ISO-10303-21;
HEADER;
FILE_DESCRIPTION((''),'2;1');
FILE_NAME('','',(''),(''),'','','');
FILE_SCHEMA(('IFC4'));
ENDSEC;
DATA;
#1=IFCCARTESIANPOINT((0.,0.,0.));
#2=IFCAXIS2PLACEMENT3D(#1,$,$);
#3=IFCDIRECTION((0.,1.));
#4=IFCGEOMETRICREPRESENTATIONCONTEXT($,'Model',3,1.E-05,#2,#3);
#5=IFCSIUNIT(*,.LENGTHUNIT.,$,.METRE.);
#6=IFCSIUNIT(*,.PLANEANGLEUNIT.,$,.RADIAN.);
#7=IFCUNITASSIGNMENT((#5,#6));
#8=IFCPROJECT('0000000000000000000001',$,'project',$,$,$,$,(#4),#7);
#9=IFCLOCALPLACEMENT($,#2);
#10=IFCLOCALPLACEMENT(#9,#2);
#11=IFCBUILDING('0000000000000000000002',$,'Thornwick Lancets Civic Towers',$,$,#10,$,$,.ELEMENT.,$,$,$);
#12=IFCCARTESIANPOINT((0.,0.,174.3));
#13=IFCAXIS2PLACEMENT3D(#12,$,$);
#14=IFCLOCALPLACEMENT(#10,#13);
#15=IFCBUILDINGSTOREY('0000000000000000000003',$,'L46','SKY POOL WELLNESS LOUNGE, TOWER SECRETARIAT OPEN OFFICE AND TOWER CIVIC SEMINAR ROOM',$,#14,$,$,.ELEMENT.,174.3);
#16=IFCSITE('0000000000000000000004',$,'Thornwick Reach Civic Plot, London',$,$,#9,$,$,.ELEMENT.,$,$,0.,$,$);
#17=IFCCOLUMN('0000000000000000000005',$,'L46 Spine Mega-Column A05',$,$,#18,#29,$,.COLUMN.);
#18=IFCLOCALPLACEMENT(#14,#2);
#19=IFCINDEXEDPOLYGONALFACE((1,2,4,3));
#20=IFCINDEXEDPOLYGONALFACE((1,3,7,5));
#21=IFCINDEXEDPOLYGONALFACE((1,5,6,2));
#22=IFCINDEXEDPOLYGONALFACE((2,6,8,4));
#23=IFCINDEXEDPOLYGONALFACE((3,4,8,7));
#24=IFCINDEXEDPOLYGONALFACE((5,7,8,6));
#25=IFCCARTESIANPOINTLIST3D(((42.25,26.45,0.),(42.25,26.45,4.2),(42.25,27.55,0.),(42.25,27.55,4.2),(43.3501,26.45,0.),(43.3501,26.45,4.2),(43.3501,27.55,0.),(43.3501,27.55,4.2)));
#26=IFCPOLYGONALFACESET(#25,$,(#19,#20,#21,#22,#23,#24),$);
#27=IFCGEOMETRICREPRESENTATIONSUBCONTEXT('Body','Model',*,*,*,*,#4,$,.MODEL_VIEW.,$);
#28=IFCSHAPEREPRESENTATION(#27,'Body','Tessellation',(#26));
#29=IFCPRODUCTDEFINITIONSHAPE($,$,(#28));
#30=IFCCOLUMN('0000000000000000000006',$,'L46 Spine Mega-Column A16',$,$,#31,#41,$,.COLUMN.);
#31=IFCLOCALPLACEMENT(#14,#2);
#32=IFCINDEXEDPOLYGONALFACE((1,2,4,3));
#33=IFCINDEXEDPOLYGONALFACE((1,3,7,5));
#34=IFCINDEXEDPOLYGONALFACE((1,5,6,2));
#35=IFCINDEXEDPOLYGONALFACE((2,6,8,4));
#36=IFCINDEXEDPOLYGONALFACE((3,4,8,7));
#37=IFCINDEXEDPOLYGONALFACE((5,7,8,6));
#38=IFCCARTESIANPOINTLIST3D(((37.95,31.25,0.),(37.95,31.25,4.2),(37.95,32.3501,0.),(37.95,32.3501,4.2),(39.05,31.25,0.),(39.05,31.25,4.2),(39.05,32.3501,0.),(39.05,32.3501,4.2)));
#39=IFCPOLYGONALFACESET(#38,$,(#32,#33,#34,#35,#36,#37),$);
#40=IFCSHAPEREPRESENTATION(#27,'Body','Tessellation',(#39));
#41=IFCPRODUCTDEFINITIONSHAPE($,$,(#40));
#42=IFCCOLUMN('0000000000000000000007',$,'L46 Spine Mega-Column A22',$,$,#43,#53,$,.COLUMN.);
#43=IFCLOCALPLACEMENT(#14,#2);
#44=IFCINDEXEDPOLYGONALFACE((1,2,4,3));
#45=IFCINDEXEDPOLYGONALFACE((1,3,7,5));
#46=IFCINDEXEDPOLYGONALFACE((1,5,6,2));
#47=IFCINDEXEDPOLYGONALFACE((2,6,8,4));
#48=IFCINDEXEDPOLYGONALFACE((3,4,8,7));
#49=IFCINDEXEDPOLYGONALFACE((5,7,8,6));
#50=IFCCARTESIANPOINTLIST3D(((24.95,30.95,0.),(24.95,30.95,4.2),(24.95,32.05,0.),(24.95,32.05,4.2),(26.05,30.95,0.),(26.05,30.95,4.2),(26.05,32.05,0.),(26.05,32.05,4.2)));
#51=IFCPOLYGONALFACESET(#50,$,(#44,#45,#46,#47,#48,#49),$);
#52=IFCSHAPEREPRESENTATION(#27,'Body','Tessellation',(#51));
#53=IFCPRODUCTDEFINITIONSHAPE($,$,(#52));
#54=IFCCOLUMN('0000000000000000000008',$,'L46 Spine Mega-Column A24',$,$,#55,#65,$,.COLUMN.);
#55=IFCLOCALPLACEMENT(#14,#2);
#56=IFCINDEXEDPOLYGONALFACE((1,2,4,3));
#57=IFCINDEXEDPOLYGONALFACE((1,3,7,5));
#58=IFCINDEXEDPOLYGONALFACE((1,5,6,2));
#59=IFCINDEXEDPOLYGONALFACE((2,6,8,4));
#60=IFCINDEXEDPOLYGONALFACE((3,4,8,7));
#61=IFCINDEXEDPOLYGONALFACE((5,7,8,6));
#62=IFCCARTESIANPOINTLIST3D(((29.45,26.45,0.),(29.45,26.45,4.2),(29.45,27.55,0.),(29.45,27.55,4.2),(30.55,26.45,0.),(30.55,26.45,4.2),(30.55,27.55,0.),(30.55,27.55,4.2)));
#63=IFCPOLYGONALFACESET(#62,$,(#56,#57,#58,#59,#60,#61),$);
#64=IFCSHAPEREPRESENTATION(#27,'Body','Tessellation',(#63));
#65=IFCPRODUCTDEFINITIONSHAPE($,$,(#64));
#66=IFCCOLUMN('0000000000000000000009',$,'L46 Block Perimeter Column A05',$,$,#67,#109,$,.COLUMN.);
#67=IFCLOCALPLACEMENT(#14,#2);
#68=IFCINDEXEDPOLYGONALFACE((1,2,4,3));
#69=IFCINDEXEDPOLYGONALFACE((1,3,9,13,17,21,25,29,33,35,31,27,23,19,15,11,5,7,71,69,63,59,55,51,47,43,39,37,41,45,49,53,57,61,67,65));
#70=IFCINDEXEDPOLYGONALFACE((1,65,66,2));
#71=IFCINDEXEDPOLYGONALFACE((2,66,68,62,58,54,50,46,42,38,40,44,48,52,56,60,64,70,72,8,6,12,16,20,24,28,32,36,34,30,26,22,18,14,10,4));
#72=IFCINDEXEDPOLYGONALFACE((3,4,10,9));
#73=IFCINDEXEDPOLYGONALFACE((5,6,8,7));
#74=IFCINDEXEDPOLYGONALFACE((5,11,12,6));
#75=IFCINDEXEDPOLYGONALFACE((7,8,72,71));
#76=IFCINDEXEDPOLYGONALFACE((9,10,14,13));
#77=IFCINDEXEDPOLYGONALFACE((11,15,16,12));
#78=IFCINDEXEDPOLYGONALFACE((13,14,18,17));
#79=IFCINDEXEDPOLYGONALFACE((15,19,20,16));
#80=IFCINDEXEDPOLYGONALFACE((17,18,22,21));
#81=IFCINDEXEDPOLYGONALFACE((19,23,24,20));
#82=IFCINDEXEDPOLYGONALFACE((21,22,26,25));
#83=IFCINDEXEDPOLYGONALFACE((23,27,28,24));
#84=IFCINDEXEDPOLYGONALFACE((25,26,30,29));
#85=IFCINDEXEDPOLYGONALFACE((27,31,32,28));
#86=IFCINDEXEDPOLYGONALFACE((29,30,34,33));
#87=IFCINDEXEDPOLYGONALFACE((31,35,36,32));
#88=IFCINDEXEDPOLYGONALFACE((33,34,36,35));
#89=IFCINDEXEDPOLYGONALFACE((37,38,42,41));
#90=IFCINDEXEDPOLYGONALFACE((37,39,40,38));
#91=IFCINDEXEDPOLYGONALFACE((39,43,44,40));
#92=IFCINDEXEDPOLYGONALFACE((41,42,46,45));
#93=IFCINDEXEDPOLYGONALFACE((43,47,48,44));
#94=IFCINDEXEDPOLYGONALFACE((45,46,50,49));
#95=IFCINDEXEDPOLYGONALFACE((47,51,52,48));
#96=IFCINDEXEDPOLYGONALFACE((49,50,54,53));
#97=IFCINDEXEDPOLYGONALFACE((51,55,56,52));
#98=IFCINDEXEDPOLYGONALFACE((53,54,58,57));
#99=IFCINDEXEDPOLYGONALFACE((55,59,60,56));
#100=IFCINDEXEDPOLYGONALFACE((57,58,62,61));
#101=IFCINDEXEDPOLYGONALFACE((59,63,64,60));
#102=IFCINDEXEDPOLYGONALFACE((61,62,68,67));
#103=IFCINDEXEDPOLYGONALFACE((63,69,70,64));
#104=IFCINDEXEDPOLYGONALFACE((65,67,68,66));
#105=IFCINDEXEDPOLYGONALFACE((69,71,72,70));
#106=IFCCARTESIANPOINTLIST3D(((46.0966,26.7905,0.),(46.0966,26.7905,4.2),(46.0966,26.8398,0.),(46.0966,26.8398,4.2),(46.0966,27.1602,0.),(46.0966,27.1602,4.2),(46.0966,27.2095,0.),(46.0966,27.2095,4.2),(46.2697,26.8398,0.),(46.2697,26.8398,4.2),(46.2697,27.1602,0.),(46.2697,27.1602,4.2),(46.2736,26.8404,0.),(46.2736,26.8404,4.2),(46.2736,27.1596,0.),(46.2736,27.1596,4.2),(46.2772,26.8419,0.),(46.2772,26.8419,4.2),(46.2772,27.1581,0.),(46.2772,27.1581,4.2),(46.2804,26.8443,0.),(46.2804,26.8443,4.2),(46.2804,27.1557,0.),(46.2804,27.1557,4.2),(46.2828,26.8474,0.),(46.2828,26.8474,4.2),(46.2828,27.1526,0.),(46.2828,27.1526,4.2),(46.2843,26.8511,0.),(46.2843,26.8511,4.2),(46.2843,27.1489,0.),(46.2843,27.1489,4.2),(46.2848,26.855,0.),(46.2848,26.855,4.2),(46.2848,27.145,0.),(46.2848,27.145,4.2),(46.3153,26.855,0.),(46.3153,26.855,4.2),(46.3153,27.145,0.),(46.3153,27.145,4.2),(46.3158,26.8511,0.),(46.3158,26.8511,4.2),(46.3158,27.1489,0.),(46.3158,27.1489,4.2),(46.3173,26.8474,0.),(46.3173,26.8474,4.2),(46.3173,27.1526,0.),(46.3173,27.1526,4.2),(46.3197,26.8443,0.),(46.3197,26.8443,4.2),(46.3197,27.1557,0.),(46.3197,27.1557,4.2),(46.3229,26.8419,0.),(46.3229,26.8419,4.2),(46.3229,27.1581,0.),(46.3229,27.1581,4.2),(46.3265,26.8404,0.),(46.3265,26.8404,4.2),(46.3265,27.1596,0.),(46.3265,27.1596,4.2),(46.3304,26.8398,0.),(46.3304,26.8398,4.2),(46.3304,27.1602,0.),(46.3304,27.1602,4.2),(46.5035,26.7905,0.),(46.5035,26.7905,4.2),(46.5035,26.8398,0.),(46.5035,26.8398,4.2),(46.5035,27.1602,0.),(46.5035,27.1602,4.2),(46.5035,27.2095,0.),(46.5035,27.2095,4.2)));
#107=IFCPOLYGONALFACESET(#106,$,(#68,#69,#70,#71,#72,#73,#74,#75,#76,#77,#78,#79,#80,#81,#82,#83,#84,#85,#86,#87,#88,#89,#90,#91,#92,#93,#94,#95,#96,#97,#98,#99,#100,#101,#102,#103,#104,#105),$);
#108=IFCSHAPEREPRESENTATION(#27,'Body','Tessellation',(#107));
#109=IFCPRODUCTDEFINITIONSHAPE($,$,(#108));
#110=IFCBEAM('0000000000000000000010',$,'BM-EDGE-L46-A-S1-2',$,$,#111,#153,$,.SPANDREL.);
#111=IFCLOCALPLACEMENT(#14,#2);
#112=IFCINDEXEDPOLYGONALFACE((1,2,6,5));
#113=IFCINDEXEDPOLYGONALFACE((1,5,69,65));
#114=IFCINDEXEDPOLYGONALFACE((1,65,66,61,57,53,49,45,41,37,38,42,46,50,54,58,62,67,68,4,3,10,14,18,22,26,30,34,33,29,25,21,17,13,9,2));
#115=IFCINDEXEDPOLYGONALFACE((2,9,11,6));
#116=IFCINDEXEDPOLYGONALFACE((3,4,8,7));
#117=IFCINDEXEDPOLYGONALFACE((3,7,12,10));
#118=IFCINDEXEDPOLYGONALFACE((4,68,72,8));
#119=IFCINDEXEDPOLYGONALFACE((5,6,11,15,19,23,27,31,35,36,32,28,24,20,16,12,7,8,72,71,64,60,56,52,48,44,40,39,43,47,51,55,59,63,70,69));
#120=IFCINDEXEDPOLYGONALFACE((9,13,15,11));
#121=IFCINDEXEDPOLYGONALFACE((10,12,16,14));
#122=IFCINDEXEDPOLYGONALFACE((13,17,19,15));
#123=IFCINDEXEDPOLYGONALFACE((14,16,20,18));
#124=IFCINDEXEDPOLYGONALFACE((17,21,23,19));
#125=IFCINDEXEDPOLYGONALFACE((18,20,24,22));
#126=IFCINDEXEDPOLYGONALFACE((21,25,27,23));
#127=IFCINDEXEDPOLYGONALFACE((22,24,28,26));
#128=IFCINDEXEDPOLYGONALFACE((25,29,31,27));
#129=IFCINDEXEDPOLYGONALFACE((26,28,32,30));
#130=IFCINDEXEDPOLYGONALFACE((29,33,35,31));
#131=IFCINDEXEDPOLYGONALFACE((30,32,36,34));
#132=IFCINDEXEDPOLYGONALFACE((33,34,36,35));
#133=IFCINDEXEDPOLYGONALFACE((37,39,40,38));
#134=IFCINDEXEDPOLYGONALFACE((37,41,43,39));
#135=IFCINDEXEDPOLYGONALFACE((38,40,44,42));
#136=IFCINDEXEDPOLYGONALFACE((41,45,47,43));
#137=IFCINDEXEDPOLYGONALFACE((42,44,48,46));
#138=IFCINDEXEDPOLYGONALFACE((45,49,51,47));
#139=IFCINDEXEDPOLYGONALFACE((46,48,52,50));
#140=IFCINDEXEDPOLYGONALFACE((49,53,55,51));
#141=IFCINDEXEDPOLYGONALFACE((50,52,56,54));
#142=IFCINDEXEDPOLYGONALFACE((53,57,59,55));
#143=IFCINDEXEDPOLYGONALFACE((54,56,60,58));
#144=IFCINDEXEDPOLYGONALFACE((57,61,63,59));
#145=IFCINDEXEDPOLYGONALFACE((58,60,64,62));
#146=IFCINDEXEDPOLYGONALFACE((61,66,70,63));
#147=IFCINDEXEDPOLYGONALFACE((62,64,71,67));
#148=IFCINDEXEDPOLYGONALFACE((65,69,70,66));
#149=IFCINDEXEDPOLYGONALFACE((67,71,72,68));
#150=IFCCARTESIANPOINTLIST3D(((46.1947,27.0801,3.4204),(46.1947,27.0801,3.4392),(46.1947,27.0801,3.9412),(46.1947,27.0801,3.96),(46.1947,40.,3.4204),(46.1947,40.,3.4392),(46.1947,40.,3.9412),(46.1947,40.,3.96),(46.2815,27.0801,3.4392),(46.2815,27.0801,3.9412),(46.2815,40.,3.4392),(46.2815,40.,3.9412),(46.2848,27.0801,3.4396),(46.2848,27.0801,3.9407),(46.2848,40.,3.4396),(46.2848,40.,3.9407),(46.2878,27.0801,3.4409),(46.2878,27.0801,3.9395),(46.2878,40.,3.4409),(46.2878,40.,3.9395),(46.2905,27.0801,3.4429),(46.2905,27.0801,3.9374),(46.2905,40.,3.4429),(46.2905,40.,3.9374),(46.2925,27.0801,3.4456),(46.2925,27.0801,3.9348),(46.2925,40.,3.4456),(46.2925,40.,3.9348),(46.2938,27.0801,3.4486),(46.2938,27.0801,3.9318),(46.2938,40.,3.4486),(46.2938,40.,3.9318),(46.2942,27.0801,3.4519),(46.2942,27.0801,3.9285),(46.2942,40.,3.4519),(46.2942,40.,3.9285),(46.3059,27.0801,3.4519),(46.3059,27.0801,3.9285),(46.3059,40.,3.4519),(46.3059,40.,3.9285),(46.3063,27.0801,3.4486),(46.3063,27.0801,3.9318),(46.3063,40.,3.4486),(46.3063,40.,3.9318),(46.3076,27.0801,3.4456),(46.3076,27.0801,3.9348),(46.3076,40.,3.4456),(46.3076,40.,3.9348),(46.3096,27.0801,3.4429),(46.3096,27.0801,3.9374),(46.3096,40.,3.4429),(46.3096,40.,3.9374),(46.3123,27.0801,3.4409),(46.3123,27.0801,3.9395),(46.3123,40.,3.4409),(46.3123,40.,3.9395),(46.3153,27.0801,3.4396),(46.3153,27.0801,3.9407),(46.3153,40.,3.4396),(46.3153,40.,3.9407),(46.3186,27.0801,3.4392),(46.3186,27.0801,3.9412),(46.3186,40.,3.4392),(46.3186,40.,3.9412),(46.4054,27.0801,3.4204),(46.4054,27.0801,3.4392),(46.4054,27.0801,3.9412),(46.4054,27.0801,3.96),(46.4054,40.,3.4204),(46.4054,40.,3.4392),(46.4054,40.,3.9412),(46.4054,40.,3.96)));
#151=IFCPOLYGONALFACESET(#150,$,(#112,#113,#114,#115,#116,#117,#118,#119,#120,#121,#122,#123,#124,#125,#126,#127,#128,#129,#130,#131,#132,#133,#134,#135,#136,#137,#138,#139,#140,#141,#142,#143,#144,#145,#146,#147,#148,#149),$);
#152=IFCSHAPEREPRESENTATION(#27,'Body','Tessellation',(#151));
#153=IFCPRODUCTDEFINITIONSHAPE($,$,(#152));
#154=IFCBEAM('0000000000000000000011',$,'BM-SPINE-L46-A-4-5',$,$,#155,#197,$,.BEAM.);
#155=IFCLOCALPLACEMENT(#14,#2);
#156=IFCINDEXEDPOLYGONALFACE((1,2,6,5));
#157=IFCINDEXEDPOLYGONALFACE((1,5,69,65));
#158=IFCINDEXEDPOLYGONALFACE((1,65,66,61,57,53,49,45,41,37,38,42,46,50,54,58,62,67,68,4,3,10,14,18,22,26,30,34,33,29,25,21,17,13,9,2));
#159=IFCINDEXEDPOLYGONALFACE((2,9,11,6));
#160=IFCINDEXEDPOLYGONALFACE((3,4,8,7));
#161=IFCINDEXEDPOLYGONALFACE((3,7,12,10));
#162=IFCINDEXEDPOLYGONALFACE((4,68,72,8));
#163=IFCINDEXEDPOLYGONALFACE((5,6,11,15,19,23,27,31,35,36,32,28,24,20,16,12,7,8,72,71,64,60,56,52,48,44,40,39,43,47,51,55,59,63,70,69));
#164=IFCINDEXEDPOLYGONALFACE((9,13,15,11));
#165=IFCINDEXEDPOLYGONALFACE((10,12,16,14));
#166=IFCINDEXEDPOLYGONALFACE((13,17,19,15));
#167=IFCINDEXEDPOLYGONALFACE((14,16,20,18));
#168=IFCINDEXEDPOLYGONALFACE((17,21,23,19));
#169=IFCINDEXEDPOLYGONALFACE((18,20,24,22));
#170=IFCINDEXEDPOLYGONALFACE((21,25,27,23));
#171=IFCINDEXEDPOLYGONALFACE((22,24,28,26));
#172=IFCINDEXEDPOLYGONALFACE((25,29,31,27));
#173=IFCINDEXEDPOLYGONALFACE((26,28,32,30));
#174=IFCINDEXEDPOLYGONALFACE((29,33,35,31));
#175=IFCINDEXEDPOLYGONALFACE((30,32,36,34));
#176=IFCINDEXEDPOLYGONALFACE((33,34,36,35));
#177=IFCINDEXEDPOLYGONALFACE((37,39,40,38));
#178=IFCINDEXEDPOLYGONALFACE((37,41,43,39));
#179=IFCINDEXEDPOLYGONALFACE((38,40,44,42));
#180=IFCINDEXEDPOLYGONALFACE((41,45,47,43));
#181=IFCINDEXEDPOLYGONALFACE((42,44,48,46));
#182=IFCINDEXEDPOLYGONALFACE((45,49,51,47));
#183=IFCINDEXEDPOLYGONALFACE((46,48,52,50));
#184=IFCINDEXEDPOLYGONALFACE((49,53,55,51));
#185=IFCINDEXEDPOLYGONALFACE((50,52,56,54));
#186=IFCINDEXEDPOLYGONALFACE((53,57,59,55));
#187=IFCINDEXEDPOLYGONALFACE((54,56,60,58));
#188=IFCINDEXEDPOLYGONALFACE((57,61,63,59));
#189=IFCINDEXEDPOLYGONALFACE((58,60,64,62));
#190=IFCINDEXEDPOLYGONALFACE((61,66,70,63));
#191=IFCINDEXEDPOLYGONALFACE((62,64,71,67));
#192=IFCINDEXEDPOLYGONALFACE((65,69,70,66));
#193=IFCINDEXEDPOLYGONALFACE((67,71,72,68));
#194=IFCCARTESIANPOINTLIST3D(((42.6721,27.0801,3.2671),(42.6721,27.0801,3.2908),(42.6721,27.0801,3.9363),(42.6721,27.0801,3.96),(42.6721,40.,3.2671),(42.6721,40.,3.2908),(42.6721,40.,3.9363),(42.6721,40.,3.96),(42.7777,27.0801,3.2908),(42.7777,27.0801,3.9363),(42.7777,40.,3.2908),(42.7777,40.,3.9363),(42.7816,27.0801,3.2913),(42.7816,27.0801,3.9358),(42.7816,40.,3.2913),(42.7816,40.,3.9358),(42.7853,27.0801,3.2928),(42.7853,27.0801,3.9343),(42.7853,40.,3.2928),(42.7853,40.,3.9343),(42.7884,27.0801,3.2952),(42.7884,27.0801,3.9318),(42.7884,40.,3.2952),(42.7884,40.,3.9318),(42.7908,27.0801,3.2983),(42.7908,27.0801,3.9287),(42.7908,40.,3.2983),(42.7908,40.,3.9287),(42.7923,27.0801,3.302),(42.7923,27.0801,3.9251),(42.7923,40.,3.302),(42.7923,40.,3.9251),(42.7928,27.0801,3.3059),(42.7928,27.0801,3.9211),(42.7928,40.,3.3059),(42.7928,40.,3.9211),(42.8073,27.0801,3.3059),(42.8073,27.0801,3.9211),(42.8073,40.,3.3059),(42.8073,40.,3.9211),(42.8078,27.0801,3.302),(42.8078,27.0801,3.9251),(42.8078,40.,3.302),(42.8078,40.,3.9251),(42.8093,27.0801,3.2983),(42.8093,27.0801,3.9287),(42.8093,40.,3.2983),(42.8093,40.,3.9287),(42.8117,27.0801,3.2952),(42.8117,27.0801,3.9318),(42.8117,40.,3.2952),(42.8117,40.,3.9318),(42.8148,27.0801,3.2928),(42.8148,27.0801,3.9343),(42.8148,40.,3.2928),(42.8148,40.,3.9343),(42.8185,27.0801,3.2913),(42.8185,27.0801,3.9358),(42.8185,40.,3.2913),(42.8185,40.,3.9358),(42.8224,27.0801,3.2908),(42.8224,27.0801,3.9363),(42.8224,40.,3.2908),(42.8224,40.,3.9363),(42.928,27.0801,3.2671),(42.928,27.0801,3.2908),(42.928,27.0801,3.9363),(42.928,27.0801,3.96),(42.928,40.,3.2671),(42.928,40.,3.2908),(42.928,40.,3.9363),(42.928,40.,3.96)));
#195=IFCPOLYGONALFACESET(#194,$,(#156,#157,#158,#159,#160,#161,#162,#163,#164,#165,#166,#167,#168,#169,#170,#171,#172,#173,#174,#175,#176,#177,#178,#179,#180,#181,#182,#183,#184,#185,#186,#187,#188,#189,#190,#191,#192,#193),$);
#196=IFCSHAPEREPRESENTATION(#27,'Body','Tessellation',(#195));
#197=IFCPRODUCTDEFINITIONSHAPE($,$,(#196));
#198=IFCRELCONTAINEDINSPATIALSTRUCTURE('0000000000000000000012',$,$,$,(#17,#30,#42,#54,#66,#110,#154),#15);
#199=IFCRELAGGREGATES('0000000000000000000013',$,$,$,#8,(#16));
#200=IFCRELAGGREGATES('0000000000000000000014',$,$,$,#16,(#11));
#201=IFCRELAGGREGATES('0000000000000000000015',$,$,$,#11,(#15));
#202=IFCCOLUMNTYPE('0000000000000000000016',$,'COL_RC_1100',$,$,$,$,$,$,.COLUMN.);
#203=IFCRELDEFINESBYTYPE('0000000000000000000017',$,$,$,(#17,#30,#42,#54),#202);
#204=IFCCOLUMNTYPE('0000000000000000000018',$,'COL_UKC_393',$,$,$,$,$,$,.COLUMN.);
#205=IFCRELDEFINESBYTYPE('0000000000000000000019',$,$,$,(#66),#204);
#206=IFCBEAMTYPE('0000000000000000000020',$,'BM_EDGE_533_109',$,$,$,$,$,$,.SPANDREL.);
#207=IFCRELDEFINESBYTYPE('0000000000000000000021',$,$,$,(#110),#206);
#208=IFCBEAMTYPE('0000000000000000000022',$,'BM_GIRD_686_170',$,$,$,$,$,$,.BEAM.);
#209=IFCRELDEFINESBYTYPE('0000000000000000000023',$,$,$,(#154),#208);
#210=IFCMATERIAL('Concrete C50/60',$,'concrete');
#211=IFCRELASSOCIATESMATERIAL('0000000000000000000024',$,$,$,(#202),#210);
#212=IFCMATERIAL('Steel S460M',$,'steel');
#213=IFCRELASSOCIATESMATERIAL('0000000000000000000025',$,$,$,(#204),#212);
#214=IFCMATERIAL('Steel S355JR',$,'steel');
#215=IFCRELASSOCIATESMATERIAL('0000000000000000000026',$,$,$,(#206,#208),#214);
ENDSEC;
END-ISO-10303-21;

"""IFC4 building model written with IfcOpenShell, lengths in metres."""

from ifc_helpers import new_model, si_unit, direction, frame, origin, origin_2d, place, context, subcontext, project, spatial, rectangle, i_section, extrude, material, material_profile, profile_set, type_object, element, save


model = new_model("IFC4")

# Units and contexts
model_context = context("Model", 3, precision=1e-05, world=origin(), true_north=direction((0.0, 1.0)))
body_context = subcontext(model_context, "Body", "Model", "MODEL_VIEW")
ifc_project = project(units=[si_unit("LENGTHUNIT", "METRE"), si_unit("PLANEANGLEUNIT", "RADIAN")], contexts=[model_context])

# Site, building, storey
site_placement = place(None, origin())
site = spatial("IfcSite", under=ifc_project, at=site_placement, Name="Thornwick Reach Civic Plot, London", CompositionType="ELEMENT", RefElevation=0.0)
building_placement = place(site_placement, origin())
building = spatial("IfcBuilding", under=site, at=building_placement, Name="Thornwick Lancets Civic Towers", CompositionType="ELEMENT")
storey_placement = place(building_placement, frame((0.0, 0.0, 174.3)))
storey = spatial("IfcBuildingStorey", under=building, at=storey_placement, Name="L46", Description="SKY POOL WELLNESS LOUNGE, TOWER SECRETARIAT OPEN OFFICE AND TOWER CIVIC SEMINAR ROOM", CompositionType="ELEMENT", Elevation=174.3)

# Columns
ifc_material_1 = material(Name="Concrete C50/60", Category="concrete")
ifc_material_profile_1 = material_profile(ifc_material_1, rectangle(XDim=1.1001, YDim=1.1001, at=origin_2d()), Name="RC 1100x1100")
ifc_profile_set_1 = profile_set([ifc_material_profile_1], Name="Concrete C50/60")
column_type_1 = type_object("IfcColumnType", Name="COL_RC_1100", PredefinedType="COLUMN", material=ifc_profile_set_1)
for number, where, z_axis, x_axis, name in (
    (1, (42.8, 27.0, 0.0), (0.0, 0.0, 1.0), (1.0, 0.0, 0.0), "L46 Spine Mega-Column A05"),
    (2, (38.5, 31.8, 0.0), (0.0, 0.0, 1.0), (1.0, 0.0, 0.0), "L46 Spine Mega-Column A16"),
    (3, (25.5, 31.5, 0.0), (0.0, 0.0, 1.0), (1.0, 0.0, 0.0), "L46 Spine Mega-Column A22"),
    (4, (30.0, 27.0, 0.0), (0.0, 0.0, 1.0), (1.0, 0.0, 0.0), "L46 Spine Mega-Column A24"),
):
    element("IfcColumn", number, at=place(storey_placement, frame(where, z_axis=z_axis, x_axis=x_axis)), inside=storey, type_object=column_type_1, Name=name, PredefinedType="COLUMN", context=body_context, shape_type="SweptSolid", body=[
        extrude(rectangle(XDim=1.1001, YDim=1.1001, at=origin_2d()), origin(), (0.0, 0.0, 1.0), 4.2),
    ])
ifc_material_2 = material(Name="Steel S460M", Category="steel")
ifc_material_profile_2 = material_profile(ifc_material_2, i_section(OverallWidth=0.407, OverallDepth=0.4189, WebThickness=0.0305, FlangeThickness=0.0493, FilletRadius=0.0151, at=origin_2d()), Name="UKC 356x406x393")
ifc_profile_set_2 = profile_set([ifc_material_profile_2], Name="Steel S460M")
column_type_2 = type_object("IfcColumnType", Name="COL_UKC_393", PredefinedType="COLUMN", material=ifc_profile_set_2)
column_placement = place(storey_placement, frame((46.3, 27.0, 0.0), z_axis=(0.0, 0.0, 1.0), x_axis=(1.0, 0.0, 0.0)))
element("IfcColumn", 5, at=column_placement, inside=storey, type_object=column_type_2, Name="L46 Block Perimeter Column A05", PredefinedType="COLUMN", context=body_context, shape_type="SweptSolid", body=[
    extrude(i_section(OverallWidth=0.407, OverallDepth=0.4189, WebThickness=0.0305, FlangeThickness=0.0493, FilletRadius=0.0151, at=origin_2d()), origin(), (0.0, 0.0, 1.0), 4.2),
])

# Beams
ifc_material_3 = material(Name="Steel S355JR", Category="steel")
ifc_material_profile_3 = material_profile(ifc_material_3, i_section(OverallWidth=0.2107, OverallDepth=0.5396, WebThickness=0.0117, FlangeThickness=0.0188, FilletRadius=0.0127, at=origin_2d()), Name="UKB 533x210x109")
ifc_profile_set_3 = profile_set([ifc_material_profile_3], Name="Steel S355JR")
beam_type_1 = type_object("IfcBeamType", Name="BM_EDGE_533_109", PredefinedType="SPANDREL", material=ifc_profile_set_3)
beam_1_placement = place(storey_placement, frame((46.3, 27.0801, 3.6902), z_axis=(0.0, 1.0, 0.0), x_axis=(-1.0, 0.0, 0.0)))
element("IfcBeam", 6, at=beam_1_placement, inside=storey, type_object=beam_type_1, Name="BM-EDGE-L46-A-S1-2", PredefinedType="SPANDREL", context=body_context, shape_type="SweptSolid", body=[
    extrude(i_section(OverallWidth=0.2107, OverallDepth=0.5396, WebThickness=0.0117, FlangeThickness=0.0188, FilletRadius=0.0127, at=origin_2d()), origin(), (0.0, 0.0, 1.0), 12.9199),
])
ifc_material_profile_4 = material_profile(ifc_material_3, i_section(OverallWidth=0.2559, OverallDepth=0.6929, WebThickness=0.0144, FlangeThickness=0.0237, FilletRadius=0.0151, at=origin_2d()), Name="UKB 686x254x170")
ifc_profile_set_4 = profile_set([ifc_material_profile_4], Name="Steel S355JR")
beam_type_2 = type_object("IfcBeamType", Name="BM_GIRD_686_170", PredefinedType="BEAM", material=ifc_profile_set_4)
beam_2_placement = place(storey_placement, frame((42.8, 27.0801, 3.6135), z_axis=(0.0, 1.0, 0.0), x_axis=(-1.0, 0.0, 0.0)))
element("IfcBeam", 7, at=beam_2_placement, inside=storey, type_object=beam_type_2, Name="BM-SPINE-L46-A-4-5", PredefinedType="BEAM", context=body_context, shape_type="SweptSolid", body=[
    extrude(i_section(OverallWidth=0.2559, OverallDepth=0.6929, WebThickness=0.0144, FlangeThickness=0.0237, FilletRadius=0.0151, at=origin_2d()), origin(), (0.0, 0.0, 1.0), 12.9199),
])

save(model, "model.ifc")
